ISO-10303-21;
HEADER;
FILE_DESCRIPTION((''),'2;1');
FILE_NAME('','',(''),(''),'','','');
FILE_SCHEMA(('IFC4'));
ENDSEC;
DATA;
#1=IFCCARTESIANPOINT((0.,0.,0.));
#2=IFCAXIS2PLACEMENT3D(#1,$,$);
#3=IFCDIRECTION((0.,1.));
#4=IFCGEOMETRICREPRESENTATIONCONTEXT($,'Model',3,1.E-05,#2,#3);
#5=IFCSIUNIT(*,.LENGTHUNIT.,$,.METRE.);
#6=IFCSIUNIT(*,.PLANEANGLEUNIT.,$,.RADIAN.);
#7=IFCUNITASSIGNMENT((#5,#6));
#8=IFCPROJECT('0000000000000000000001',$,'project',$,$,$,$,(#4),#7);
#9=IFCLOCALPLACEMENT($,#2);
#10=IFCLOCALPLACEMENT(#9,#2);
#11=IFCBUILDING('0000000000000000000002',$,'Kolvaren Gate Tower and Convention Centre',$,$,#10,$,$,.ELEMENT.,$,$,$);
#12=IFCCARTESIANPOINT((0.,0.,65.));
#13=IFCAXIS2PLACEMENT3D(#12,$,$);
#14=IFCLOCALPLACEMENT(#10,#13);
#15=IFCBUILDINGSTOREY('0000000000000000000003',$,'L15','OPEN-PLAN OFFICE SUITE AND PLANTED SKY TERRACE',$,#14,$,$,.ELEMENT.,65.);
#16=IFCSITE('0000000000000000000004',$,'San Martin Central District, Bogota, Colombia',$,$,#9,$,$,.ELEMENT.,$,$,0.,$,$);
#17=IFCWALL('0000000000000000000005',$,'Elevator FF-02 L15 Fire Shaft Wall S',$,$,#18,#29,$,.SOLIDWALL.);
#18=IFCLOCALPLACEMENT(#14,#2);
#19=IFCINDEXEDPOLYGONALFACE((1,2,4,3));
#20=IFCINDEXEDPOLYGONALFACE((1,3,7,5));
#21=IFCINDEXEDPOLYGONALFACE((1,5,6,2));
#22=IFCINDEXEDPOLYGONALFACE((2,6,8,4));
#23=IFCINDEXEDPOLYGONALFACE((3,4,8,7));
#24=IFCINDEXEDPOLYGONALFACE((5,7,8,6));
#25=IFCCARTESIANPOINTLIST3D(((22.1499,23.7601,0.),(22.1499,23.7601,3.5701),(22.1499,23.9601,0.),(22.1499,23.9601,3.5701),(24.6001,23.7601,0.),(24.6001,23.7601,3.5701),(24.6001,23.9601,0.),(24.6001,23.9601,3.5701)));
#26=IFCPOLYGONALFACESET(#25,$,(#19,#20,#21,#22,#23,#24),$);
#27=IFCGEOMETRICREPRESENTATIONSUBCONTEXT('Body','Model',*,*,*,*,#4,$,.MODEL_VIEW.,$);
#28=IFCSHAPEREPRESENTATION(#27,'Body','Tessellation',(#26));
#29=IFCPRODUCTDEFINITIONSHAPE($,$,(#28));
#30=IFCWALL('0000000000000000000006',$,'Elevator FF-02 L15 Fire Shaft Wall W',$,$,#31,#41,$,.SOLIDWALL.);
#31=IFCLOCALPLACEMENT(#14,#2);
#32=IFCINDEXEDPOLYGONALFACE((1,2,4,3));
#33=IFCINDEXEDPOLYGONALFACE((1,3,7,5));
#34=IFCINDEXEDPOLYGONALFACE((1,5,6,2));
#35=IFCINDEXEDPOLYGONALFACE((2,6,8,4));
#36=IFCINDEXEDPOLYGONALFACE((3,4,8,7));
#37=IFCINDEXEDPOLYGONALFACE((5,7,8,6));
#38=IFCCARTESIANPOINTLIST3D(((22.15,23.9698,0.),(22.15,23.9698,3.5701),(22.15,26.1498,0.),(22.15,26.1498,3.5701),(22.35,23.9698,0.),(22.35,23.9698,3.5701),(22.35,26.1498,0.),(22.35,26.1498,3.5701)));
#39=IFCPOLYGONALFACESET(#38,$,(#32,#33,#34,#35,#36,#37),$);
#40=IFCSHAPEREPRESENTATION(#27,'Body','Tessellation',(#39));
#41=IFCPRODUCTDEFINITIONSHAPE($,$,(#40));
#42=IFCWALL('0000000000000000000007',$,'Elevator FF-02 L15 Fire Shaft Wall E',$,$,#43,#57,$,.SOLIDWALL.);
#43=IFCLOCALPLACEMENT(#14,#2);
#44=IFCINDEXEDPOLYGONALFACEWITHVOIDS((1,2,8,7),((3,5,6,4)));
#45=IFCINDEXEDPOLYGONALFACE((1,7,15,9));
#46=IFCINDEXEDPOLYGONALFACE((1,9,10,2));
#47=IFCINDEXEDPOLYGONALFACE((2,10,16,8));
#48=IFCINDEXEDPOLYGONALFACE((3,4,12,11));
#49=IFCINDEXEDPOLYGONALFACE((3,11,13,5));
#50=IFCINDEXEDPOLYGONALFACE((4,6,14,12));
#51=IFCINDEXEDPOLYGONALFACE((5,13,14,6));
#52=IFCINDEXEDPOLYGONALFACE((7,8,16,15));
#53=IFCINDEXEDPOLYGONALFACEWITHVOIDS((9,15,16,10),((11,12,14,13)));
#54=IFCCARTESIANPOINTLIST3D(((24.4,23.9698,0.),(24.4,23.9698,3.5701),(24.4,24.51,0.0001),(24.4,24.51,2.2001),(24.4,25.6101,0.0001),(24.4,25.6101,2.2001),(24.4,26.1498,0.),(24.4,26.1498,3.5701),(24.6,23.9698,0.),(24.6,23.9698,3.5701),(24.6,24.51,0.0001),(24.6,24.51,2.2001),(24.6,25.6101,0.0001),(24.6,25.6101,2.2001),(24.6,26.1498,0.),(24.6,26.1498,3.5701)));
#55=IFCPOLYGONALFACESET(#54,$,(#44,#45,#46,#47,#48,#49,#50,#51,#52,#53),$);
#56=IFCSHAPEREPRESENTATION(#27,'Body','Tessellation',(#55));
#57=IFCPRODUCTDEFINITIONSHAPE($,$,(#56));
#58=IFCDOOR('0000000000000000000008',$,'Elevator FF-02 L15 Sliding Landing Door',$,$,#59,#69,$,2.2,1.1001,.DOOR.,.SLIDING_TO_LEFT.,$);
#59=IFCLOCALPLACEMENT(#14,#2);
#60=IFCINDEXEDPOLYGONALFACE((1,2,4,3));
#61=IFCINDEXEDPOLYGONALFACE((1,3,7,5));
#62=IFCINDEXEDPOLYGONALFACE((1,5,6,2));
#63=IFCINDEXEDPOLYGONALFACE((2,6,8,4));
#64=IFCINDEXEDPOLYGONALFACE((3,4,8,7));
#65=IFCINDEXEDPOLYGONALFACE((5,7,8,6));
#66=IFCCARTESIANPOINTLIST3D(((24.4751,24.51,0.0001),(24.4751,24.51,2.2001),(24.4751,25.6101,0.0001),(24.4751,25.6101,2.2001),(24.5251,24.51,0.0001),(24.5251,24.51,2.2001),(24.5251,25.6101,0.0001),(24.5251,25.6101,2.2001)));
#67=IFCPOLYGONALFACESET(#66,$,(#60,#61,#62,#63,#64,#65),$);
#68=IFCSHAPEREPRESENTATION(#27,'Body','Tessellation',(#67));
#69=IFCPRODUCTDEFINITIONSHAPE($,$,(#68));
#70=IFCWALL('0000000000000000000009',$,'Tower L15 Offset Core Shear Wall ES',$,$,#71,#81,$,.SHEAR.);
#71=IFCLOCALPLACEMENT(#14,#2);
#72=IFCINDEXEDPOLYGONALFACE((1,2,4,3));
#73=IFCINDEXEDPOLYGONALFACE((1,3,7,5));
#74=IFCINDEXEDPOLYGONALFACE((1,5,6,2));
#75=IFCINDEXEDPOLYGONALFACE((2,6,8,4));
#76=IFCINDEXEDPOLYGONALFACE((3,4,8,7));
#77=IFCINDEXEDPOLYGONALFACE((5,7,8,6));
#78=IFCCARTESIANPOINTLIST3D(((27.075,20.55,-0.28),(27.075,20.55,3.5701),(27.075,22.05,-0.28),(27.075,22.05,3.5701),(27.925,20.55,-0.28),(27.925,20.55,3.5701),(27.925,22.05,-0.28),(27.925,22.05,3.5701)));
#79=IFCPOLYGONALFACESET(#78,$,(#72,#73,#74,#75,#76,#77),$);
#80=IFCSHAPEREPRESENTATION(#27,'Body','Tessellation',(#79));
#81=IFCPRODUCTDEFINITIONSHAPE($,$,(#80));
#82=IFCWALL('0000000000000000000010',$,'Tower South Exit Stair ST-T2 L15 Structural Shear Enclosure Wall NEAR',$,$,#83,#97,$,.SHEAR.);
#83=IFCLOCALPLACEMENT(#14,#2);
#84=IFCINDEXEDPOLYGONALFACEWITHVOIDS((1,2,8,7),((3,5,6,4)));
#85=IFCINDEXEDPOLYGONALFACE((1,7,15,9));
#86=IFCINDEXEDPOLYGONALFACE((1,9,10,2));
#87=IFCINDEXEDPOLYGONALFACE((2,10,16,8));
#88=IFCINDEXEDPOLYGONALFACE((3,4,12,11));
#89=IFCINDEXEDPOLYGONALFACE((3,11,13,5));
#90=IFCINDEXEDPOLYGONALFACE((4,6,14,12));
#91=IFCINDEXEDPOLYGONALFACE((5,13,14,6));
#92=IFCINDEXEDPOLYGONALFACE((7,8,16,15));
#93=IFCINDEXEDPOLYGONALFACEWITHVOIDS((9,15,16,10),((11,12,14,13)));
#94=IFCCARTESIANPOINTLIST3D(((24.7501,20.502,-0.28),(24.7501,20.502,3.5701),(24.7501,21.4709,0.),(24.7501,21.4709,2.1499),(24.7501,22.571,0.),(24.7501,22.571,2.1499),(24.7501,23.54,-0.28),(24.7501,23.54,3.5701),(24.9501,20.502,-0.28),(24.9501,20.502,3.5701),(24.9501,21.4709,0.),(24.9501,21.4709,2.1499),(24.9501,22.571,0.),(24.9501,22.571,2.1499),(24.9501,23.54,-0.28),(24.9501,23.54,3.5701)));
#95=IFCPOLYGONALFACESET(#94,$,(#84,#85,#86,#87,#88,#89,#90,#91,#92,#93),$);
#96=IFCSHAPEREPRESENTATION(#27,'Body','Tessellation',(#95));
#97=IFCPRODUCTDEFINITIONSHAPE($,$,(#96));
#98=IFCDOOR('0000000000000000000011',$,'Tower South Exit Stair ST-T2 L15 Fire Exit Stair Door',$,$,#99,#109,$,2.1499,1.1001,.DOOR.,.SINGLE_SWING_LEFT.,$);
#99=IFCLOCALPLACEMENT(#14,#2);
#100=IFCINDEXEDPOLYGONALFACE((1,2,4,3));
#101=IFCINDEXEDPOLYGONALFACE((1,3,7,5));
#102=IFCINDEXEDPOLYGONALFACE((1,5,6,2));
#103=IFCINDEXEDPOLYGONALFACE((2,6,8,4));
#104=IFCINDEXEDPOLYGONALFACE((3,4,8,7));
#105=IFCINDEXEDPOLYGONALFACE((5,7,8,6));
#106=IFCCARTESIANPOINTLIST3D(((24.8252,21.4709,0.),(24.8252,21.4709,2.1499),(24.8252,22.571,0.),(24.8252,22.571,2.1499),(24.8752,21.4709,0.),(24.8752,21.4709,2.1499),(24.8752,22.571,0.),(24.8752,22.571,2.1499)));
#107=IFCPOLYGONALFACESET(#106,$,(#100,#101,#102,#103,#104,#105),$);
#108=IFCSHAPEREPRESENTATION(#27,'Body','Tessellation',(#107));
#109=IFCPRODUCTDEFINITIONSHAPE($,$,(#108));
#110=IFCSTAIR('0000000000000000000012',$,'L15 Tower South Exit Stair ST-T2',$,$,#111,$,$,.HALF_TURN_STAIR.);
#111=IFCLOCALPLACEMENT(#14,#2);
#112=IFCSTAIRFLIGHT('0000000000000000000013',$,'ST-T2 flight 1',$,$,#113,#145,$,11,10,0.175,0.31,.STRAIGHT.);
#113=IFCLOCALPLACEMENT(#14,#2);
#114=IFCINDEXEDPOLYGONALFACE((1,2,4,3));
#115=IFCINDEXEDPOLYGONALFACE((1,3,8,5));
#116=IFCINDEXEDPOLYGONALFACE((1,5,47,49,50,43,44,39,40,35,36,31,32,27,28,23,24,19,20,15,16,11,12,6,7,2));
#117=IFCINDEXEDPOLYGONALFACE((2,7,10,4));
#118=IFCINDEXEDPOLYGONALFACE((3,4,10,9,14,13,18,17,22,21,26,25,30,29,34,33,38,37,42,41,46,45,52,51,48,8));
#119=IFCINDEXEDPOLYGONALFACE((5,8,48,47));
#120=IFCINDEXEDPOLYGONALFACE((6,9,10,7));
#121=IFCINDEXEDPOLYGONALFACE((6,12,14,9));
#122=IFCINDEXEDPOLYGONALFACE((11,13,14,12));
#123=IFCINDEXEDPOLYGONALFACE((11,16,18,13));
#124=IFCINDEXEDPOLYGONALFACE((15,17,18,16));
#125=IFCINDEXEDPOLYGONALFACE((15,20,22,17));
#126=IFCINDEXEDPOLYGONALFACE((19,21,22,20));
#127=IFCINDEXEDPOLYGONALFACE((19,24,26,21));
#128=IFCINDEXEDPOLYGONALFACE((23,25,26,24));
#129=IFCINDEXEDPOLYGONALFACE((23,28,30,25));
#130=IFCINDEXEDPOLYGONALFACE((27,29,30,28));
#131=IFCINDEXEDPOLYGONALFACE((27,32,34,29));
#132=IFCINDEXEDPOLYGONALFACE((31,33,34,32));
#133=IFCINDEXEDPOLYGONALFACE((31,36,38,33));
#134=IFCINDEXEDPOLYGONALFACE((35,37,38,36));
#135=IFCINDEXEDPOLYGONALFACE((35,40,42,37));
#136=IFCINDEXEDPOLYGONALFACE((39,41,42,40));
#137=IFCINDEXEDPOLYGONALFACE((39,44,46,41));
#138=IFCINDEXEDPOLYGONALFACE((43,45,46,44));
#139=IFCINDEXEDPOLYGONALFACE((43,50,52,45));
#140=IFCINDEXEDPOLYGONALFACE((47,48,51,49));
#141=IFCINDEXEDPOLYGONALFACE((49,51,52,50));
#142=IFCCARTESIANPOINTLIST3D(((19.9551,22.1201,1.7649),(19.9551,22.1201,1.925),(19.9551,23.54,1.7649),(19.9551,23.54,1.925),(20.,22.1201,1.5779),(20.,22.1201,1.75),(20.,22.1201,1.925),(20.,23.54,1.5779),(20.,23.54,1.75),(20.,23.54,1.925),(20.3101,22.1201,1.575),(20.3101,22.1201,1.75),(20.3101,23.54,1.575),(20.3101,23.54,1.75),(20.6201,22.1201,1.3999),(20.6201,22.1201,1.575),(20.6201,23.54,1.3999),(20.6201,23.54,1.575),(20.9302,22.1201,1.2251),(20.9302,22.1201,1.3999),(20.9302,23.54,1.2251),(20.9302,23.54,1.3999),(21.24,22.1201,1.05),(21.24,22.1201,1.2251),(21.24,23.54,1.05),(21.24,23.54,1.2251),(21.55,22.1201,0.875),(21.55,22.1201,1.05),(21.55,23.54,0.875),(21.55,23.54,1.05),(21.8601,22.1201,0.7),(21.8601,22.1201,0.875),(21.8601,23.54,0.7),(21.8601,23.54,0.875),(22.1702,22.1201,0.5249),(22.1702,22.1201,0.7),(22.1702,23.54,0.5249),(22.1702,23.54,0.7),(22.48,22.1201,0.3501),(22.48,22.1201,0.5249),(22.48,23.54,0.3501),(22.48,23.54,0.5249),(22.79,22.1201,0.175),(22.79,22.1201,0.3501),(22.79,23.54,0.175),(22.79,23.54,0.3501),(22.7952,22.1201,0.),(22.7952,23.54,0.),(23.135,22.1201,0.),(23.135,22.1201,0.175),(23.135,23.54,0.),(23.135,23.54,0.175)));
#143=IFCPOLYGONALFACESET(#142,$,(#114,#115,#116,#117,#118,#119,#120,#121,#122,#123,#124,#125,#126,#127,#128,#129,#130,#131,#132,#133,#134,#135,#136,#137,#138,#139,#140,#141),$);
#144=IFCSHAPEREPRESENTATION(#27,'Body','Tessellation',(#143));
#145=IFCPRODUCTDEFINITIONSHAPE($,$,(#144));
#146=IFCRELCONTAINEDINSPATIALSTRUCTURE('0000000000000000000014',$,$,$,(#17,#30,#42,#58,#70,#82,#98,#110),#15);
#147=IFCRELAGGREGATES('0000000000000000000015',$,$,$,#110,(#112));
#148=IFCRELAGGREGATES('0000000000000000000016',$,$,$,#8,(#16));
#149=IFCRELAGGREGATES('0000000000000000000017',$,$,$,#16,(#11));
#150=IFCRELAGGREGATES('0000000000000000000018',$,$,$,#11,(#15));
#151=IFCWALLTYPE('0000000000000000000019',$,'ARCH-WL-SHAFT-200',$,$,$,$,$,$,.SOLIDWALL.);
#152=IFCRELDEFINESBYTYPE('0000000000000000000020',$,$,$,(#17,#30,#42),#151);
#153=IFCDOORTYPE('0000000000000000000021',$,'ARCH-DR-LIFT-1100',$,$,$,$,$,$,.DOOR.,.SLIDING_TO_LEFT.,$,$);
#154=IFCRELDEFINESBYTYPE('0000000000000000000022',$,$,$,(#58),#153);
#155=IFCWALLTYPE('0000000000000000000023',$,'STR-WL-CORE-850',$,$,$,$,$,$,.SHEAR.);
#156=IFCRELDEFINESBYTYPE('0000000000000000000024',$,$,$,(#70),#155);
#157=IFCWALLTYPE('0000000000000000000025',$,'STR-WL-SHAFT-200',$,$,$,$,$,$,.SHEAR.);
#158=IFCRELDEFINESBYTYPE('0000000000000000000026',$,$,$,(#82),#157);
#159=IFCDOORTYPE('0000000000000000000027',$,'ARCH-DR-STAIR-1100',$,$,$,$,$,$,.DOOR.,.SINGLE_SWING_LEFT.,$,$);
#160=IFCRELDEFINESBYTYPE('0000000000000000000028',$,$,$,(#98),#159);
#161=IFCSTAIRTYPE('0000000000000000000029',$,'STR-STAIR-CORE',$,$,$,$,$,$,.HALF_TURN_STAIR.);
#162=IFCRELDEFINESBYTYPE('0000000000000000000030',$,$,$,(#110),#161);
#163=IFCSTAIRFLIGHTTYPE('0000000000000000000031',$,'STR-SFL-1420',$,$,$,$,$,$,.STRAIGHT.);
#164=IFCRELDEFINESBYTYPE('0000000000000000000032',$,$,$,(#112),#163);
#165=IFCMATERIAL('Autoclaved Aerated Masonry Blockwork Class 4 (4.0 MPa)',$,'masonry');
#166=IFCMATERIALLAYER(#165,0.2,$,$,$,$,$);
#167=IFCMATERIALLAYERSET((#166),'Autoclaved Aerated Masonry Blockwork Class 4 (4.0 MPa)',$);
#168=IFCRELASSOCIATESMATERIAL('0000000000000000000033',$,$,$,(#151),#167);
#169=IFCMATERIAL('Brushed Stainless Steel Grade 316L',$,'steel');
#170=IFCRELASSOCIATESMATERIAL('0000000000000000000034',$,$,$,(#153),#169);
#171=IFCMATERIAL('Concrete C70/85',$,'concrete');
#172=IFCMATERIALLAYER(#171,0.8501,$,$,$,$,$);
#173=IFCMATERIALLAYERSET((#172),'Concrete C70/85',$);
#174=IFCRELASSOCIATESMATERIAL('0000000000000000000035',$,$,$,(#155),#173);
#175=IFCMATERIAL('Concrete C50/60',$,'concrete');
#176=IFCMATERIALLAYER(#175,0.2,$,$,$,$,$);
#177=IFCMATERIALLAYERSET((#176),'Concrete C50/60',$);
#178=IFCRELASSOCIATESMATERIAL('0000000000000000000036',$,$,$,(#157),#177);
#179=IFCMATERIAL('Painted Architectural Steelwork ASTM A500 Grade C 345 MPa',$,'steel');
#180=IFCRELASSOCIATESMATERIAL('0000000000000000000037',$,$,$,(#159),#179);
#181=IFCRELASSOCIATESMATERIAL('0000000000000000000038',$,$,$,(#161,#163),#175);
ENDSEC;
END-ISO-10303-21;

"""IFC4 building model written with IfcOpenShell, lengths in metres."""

from ifc_helpers import new_model, si_unit, direction, frame, frame_2d, origin, place, context, subcontext, project, spatial, polyline, rectangle, outline, extrude, material, layer, layer_set, type_object, element, fill, aggregate, save


model = new_model("IFC4")

# Units and contexts
model_context = context("Model", 3, precision=1e-05, world=origin(), true_north=direction((0.0, 1.0)))
body_context = subcontext(model_context, "Body", "Model", "MODEL_VIEW")
ifc_project = project(units=[si_unit("LENGTHUNIT", "METRE"), si_unit("PLANEANGLEUNIT", "RADIAN")], contexts=[model_context])

# Site, building, storey
site_placement = place(None, origin())
site = spatial("IfcSite", under=ifc_project, at=site_placement, Name="San Martin Central District, Bogota, Colombia", CompositionType="ELEMENT", RefElevation=0.0)
building_placement = place(site_placement, origin())
building = spatial("IfcBuilding", under=site, at=building_placement, Name="Kolvaren Gate Tower and Convention Centre", CompositionType="ELEMENT")
storey_placement = place(building_placement, frame((0.0, 0.0, 65.0)))
storey = spatial("IfcBuildingStorey", under=building, at=storey_placement, Name="L15", Description="OPEN-PLAN OFFICE SUITE AND PLANTED SKY TERRACE", CompositionType="ELEMENT", Elevation=65.0)

# Shared definitions
ifc_material_1 = material(Name="Autoclaved Aerated Masonry Blockwork Class 4 (4.0 MPa)", Category="masonry")

# Shared definitions
ifc_material_2 = material(Name="Painted Architectural Steelwork ASTM A500 Grade C 345 MPa", Category="steel")

# Walls
ifc_layer_1 = layer(ifc_material_1, 0.2)
ifc_layer_set_1 = layer_set([ifc_layer_1], Name="Autoclaved Aerated Masonry Blockwork Class 4 (4.0 MPa)")
wall_type_1 = type_object("IfcWallType", Name="ARCH-WL-SHAFT-200", PredefinedType="SOLIDWALL", material=ifc_layer_set_1)
wall_1_placement = place(storey_placement, frame((22.1499, 23.8601, 0.0), z_axis=(0.0, 0.0, 1.0), x_axis=(1.0, 0.0, 0.0)))
element("IfcWall", 1, at=wall_1_placement, inside=storey, type_object=wall_type_1, Name="Elevator FF-02 L15 Fire Shaft Wall S", PredefinedType="SOLIDWALL", context=body_context, shape_type="SweptSolid", body=[
    extrude(rectangle(XDim=2.4502, YDim=0.2, at=frame_2d((1.2251, 0.0))), origin(), (0.0, 0.0, 1.0), 3.5701),
])
wall_2_placement = place(storey_placement, frame((22.25, 23.97, 0.0), z_axis=(0.0, 0.0, 1.0), x_axis=(0.0, 1.0, 0.0)))
element("IfcWall", 2, at=wall_2_placement, inside=storey, type_object=wall_type_1, Name="Elevator FF-02 L15 Fire Shaft Wall W", PredefinedType="SOLIDWALL", context=body_context, shape_type="SweptSolid", body=[
    extrude(rectangle(XDim=2.1799, YDim=0.2, at=frame_2d((1.0898, 0.0))), origin(), (0.0, 0.0, 1.0), 3.5701),
])

# Wall, opening, door
wall_3_placement = place(storey_placement, frame((24.5, 23.97, 0.0), z_axis=(0.0, 0.0, 1.0), x_axis=(0.0, 1.0, 0.0)))
wall_3 = element("IfcWall", 3, at=wall_3_placement, inside=storey, type_object=wall_type_1, Name="Elevator FF-02 L15 Fire Shaft Wall E", PredefinedType="SOLIDWALL", context=body_context, shape_type="SweptSolid", body=[
    extrude(rectangle(XDim=2.1799, YDim=0.2, at=frame_2d((1.0898, 0.0))), origin(), (0.0, 0.0, 1.0), 3.5701),
])
opening_1_placement = place(wall_3_placement, frame((0.54, 0.0, 0.0)))
opening_1 = element("IfcOpeningElement", 4, at=opening_1_placement, cuts=wall_3, PredefinedType="OPENING", context=body_context, shape_type="SweptSolid", body=[
    extrude(rectangle(XDim=1.1001, YDim=2.2, at=frame_2d((0.55, 1.1001))), frame((0.0, 0.1099, 0.0), z_axis=(0.0, -1.0, 0.0), x_axis=(1.0, 0.0, 0.0)), (0.0, 0.0, 1.0), 0.22),
])
ifc_material_3 = material(Name="Brushed Stainless Steel Grade 316L", Category="steel")
door_type_1 = type_object("IfcDoorType", Name="ARCH-DR-LIFT-1100", OperationType="SLIDING_TO_LEFT", PredefinedType="DOOR", material=ifc_material_3)
door_1_placement = place(opening_1_placement, origin())
door_1 = element("IfcDoor", 5, at=door_1_placement, inside=storey, type_object=door_type_1, Name="Elevator FF-02 L15 Sliding Landing Door", OperationType="SLIDING_TO_LEFT", OverallHeight=2.2, OverallWidth=1.1001, PredefinedType="DOOR", context=body_context, shape_type="SweptSolid", body=[
    extrude(rectangle(XDim=1.1001, YDim=2.2, at=frame_2d((0.55, 1.1001))), frame((0.0, 0.0249, 0.0), z_axis=(0.0, -1.0, 0.0), x_axis=(1.0, 0.0, 0.0)), (0.0, 0.0, 1.0), 0.05),
])
fill(opening_1, door_1)

# Wall
ifc_material_4 = material(Name="Concrete C70/85", Category="concrete")
ifc_layer_2 = layer(ifc_material_4, 0.8501)
ifc_layer_set_2 = layer_set([ifc_layer_2], Name="Concrete C70/85")
wall_type_2 = type_object("IfcWallType", Name="STR-WL-CORE-850", PredefinedType="SHEAR", material=ifc_layer_set_2)
wall_4_placement = place(storey_placement, frame((27.5, 20.55, -0.28), z_axis=(0.0, 0.0, 1.0), x_axis=(0.0, 1.0, 0.0)))
element("IfcWall", 6, at=wall_4_placement, inside=storey, type_object=wall_type_2, Name="Tower L15 Offset Core Shear Wall ES", PredefinedType="SHEAR", context=body_context, shape_type="SweptSolid", body=[
    extrude(rectangle(XDim=1.5, YDim=0.8501, at=frame_2d((0.75, 0.0))), origin(), (0.0, 0.0, 1.0), 3.8501),
])

# Wall, opening, door
ifc_material_5 = material(Name="Concrete C50/60", Category="concrete")
ifc_layer_3 = layer(ifc_material_5, 0.2)
ifc_layer_set_3 = layer_set([ifc_layer_3], Name="Concrete C50/60")
wall_type_3 = type_object("IfcWallType", Name="STR-WL-SHAFT-200", PredefinedType="SHEAR", material=ifc_layer_set_3)
wall_5_placement = place(storey_placement, frame((24.8501, 20.502, -0.28), z_axis=(0.0, 0.0, 1.0), x_axis=(0.0, 1.0, 0.0)))
wall_5 = element("IfcWall", 7, at=wall_5_placement, inside=storey, type_object=wall_type_3, Name="Tower South Exit Stair ST-T2 L15 Structural Shear Enclosure Wall NEAR", PredefinedType="SHEAR", context=body_context, shape_type="SweptSolid", body=[
    extrude(rectangle(XDim=3.0381, YDim=0.2, at=frame_2d((1.519, 0.0))), origin(), (0.0, 0.0, 1.0), 3.8501),
])
opening_2_placement = place(wall_5_placement, frame((0.969, 0.0, 0.28)))
opening_2 = element("IfcOpeningElement", 8, at=opening_2_placement, cuts=wall_5, PredefinedType="OPENING", context=body_context, shape_type="SweptSolid", body=[
    extrude(rectangle(XDim=1.1001, YDim=2.1499, at=frame_2d((0.55, 1.075))), frame((0.0, 0.1099, 0.0), z_axis=(0.0, -1.0, 0.0), x_axis=(1.0, 0.0, 0.0)), (0.0, 0.0, 1.0), 0.22),
])
door_type_2 = type_object("IfcDoorType", Name="ARCH-DR-STAIR-1100", OperationType="SINGLE_SWING_LEFT", PredefinedType="DOOR", material=ifc_material_2)
door_2_placement = place(opening_2_placement, origin())
door_2 = element("IfcDoor", 9, at=door_2_placement, inside=storey, type_object=door_type_2, Name="Tower South Exit Stair ST-T2 L15 Fire Exit Stair Door", OperationType="SINGLE_SWING_LEFT", OverallHeight=2.1499, OverallWidth=1.1001, PredefinedType="DOOR", context=body_context, shape_type="SweptSolid", body=[
    extrude(rectangle(XDim=1.1001, YDim=2.1499, at=frame_2d((0.55, 1.075))), frame((0.0, 0.0249, 0.0), z_axis=(0.0, -1.0, 0.0), x_axis=(1.0, 0.0, 0.0)), (0.0, 0.0, 1.0), 0.05),
])
fill(opening_2, door_2)

# Stair, stair flight
stair_type = type_object("IfcStairType", Name="STR-STAIR-CORE", PredefinedType="HALF_TURN_STAIR", material=ifc_material_5)
stair_placement = place(storey_placement, origin())
stair = element("IfcStair", 10, at=stair_placement, inside=storey, type_object=stair_type, Name="L15 Tower South Exit Stair ST-T2", PredefinedType="HALF_TURN_STAIR")
stair_flight_type = type_object("IfcStairFlightType", Name="STR-SFL-1420", PredefinedType="STRAIGHT", material=ifc_material_5)
stair_flight_1_placement = place(storey_placement, frame((23.1001, 22.8301, 0.0), z_axis=(0.0, 0.0, 1.0), x_axis=(-1.0, 0.0, 0.0)))
stair_flight_1 = element("IfcStairFlight", 11, at=stair_flight_1_placement, type_object=stair_flight_type, Name="ST-T2 flight 1", NumberOfRisers=11, NumberOfTreads=10, PredefinedType="STRAIGHT", RiserHeight=0.175, TreadLength=0.31, context=body_context, shape_type="SweptSolid", body=[
    extrude(outline(polyline([(-0.0349, 0.0), (-0.0349, 0.175), (0.3101, 0.175), (0.3101, 0.3501), (0.6201, 0.3501), (0.6201, 0.5249), (0.9299, 0.5249), (0.9299, 0.7), (1.24, 0.7), (1.24, 0.875), (1.55, 0.875), (1.55, 1.05), (1.8601, 1.05), (1.8601, 1.2251), (2.1699, 1.2251), (2.1699, 1.3999), (2.48, 1.3999), (2.48, 1.575), (2.79, 1.575), (2.79, 1.75), (3.1001, 1.75), (3.1001, 1.925), (3.145, 1.925), (3.145, 1.7649), (3.1001, 1.5779), (0.3049, 0.0), (-0.0349, 0.0)])), frame((0.0, 0.71, 0.0), z_axis=(0.0, -1.0, 0.0), x_axis=(1.0, 0.0, 0.0)), (0.0, 0.0, 1.0), 1.4199),
])
aggregate(stair, [stair_flight_1])

save(model, "model.ifc")
